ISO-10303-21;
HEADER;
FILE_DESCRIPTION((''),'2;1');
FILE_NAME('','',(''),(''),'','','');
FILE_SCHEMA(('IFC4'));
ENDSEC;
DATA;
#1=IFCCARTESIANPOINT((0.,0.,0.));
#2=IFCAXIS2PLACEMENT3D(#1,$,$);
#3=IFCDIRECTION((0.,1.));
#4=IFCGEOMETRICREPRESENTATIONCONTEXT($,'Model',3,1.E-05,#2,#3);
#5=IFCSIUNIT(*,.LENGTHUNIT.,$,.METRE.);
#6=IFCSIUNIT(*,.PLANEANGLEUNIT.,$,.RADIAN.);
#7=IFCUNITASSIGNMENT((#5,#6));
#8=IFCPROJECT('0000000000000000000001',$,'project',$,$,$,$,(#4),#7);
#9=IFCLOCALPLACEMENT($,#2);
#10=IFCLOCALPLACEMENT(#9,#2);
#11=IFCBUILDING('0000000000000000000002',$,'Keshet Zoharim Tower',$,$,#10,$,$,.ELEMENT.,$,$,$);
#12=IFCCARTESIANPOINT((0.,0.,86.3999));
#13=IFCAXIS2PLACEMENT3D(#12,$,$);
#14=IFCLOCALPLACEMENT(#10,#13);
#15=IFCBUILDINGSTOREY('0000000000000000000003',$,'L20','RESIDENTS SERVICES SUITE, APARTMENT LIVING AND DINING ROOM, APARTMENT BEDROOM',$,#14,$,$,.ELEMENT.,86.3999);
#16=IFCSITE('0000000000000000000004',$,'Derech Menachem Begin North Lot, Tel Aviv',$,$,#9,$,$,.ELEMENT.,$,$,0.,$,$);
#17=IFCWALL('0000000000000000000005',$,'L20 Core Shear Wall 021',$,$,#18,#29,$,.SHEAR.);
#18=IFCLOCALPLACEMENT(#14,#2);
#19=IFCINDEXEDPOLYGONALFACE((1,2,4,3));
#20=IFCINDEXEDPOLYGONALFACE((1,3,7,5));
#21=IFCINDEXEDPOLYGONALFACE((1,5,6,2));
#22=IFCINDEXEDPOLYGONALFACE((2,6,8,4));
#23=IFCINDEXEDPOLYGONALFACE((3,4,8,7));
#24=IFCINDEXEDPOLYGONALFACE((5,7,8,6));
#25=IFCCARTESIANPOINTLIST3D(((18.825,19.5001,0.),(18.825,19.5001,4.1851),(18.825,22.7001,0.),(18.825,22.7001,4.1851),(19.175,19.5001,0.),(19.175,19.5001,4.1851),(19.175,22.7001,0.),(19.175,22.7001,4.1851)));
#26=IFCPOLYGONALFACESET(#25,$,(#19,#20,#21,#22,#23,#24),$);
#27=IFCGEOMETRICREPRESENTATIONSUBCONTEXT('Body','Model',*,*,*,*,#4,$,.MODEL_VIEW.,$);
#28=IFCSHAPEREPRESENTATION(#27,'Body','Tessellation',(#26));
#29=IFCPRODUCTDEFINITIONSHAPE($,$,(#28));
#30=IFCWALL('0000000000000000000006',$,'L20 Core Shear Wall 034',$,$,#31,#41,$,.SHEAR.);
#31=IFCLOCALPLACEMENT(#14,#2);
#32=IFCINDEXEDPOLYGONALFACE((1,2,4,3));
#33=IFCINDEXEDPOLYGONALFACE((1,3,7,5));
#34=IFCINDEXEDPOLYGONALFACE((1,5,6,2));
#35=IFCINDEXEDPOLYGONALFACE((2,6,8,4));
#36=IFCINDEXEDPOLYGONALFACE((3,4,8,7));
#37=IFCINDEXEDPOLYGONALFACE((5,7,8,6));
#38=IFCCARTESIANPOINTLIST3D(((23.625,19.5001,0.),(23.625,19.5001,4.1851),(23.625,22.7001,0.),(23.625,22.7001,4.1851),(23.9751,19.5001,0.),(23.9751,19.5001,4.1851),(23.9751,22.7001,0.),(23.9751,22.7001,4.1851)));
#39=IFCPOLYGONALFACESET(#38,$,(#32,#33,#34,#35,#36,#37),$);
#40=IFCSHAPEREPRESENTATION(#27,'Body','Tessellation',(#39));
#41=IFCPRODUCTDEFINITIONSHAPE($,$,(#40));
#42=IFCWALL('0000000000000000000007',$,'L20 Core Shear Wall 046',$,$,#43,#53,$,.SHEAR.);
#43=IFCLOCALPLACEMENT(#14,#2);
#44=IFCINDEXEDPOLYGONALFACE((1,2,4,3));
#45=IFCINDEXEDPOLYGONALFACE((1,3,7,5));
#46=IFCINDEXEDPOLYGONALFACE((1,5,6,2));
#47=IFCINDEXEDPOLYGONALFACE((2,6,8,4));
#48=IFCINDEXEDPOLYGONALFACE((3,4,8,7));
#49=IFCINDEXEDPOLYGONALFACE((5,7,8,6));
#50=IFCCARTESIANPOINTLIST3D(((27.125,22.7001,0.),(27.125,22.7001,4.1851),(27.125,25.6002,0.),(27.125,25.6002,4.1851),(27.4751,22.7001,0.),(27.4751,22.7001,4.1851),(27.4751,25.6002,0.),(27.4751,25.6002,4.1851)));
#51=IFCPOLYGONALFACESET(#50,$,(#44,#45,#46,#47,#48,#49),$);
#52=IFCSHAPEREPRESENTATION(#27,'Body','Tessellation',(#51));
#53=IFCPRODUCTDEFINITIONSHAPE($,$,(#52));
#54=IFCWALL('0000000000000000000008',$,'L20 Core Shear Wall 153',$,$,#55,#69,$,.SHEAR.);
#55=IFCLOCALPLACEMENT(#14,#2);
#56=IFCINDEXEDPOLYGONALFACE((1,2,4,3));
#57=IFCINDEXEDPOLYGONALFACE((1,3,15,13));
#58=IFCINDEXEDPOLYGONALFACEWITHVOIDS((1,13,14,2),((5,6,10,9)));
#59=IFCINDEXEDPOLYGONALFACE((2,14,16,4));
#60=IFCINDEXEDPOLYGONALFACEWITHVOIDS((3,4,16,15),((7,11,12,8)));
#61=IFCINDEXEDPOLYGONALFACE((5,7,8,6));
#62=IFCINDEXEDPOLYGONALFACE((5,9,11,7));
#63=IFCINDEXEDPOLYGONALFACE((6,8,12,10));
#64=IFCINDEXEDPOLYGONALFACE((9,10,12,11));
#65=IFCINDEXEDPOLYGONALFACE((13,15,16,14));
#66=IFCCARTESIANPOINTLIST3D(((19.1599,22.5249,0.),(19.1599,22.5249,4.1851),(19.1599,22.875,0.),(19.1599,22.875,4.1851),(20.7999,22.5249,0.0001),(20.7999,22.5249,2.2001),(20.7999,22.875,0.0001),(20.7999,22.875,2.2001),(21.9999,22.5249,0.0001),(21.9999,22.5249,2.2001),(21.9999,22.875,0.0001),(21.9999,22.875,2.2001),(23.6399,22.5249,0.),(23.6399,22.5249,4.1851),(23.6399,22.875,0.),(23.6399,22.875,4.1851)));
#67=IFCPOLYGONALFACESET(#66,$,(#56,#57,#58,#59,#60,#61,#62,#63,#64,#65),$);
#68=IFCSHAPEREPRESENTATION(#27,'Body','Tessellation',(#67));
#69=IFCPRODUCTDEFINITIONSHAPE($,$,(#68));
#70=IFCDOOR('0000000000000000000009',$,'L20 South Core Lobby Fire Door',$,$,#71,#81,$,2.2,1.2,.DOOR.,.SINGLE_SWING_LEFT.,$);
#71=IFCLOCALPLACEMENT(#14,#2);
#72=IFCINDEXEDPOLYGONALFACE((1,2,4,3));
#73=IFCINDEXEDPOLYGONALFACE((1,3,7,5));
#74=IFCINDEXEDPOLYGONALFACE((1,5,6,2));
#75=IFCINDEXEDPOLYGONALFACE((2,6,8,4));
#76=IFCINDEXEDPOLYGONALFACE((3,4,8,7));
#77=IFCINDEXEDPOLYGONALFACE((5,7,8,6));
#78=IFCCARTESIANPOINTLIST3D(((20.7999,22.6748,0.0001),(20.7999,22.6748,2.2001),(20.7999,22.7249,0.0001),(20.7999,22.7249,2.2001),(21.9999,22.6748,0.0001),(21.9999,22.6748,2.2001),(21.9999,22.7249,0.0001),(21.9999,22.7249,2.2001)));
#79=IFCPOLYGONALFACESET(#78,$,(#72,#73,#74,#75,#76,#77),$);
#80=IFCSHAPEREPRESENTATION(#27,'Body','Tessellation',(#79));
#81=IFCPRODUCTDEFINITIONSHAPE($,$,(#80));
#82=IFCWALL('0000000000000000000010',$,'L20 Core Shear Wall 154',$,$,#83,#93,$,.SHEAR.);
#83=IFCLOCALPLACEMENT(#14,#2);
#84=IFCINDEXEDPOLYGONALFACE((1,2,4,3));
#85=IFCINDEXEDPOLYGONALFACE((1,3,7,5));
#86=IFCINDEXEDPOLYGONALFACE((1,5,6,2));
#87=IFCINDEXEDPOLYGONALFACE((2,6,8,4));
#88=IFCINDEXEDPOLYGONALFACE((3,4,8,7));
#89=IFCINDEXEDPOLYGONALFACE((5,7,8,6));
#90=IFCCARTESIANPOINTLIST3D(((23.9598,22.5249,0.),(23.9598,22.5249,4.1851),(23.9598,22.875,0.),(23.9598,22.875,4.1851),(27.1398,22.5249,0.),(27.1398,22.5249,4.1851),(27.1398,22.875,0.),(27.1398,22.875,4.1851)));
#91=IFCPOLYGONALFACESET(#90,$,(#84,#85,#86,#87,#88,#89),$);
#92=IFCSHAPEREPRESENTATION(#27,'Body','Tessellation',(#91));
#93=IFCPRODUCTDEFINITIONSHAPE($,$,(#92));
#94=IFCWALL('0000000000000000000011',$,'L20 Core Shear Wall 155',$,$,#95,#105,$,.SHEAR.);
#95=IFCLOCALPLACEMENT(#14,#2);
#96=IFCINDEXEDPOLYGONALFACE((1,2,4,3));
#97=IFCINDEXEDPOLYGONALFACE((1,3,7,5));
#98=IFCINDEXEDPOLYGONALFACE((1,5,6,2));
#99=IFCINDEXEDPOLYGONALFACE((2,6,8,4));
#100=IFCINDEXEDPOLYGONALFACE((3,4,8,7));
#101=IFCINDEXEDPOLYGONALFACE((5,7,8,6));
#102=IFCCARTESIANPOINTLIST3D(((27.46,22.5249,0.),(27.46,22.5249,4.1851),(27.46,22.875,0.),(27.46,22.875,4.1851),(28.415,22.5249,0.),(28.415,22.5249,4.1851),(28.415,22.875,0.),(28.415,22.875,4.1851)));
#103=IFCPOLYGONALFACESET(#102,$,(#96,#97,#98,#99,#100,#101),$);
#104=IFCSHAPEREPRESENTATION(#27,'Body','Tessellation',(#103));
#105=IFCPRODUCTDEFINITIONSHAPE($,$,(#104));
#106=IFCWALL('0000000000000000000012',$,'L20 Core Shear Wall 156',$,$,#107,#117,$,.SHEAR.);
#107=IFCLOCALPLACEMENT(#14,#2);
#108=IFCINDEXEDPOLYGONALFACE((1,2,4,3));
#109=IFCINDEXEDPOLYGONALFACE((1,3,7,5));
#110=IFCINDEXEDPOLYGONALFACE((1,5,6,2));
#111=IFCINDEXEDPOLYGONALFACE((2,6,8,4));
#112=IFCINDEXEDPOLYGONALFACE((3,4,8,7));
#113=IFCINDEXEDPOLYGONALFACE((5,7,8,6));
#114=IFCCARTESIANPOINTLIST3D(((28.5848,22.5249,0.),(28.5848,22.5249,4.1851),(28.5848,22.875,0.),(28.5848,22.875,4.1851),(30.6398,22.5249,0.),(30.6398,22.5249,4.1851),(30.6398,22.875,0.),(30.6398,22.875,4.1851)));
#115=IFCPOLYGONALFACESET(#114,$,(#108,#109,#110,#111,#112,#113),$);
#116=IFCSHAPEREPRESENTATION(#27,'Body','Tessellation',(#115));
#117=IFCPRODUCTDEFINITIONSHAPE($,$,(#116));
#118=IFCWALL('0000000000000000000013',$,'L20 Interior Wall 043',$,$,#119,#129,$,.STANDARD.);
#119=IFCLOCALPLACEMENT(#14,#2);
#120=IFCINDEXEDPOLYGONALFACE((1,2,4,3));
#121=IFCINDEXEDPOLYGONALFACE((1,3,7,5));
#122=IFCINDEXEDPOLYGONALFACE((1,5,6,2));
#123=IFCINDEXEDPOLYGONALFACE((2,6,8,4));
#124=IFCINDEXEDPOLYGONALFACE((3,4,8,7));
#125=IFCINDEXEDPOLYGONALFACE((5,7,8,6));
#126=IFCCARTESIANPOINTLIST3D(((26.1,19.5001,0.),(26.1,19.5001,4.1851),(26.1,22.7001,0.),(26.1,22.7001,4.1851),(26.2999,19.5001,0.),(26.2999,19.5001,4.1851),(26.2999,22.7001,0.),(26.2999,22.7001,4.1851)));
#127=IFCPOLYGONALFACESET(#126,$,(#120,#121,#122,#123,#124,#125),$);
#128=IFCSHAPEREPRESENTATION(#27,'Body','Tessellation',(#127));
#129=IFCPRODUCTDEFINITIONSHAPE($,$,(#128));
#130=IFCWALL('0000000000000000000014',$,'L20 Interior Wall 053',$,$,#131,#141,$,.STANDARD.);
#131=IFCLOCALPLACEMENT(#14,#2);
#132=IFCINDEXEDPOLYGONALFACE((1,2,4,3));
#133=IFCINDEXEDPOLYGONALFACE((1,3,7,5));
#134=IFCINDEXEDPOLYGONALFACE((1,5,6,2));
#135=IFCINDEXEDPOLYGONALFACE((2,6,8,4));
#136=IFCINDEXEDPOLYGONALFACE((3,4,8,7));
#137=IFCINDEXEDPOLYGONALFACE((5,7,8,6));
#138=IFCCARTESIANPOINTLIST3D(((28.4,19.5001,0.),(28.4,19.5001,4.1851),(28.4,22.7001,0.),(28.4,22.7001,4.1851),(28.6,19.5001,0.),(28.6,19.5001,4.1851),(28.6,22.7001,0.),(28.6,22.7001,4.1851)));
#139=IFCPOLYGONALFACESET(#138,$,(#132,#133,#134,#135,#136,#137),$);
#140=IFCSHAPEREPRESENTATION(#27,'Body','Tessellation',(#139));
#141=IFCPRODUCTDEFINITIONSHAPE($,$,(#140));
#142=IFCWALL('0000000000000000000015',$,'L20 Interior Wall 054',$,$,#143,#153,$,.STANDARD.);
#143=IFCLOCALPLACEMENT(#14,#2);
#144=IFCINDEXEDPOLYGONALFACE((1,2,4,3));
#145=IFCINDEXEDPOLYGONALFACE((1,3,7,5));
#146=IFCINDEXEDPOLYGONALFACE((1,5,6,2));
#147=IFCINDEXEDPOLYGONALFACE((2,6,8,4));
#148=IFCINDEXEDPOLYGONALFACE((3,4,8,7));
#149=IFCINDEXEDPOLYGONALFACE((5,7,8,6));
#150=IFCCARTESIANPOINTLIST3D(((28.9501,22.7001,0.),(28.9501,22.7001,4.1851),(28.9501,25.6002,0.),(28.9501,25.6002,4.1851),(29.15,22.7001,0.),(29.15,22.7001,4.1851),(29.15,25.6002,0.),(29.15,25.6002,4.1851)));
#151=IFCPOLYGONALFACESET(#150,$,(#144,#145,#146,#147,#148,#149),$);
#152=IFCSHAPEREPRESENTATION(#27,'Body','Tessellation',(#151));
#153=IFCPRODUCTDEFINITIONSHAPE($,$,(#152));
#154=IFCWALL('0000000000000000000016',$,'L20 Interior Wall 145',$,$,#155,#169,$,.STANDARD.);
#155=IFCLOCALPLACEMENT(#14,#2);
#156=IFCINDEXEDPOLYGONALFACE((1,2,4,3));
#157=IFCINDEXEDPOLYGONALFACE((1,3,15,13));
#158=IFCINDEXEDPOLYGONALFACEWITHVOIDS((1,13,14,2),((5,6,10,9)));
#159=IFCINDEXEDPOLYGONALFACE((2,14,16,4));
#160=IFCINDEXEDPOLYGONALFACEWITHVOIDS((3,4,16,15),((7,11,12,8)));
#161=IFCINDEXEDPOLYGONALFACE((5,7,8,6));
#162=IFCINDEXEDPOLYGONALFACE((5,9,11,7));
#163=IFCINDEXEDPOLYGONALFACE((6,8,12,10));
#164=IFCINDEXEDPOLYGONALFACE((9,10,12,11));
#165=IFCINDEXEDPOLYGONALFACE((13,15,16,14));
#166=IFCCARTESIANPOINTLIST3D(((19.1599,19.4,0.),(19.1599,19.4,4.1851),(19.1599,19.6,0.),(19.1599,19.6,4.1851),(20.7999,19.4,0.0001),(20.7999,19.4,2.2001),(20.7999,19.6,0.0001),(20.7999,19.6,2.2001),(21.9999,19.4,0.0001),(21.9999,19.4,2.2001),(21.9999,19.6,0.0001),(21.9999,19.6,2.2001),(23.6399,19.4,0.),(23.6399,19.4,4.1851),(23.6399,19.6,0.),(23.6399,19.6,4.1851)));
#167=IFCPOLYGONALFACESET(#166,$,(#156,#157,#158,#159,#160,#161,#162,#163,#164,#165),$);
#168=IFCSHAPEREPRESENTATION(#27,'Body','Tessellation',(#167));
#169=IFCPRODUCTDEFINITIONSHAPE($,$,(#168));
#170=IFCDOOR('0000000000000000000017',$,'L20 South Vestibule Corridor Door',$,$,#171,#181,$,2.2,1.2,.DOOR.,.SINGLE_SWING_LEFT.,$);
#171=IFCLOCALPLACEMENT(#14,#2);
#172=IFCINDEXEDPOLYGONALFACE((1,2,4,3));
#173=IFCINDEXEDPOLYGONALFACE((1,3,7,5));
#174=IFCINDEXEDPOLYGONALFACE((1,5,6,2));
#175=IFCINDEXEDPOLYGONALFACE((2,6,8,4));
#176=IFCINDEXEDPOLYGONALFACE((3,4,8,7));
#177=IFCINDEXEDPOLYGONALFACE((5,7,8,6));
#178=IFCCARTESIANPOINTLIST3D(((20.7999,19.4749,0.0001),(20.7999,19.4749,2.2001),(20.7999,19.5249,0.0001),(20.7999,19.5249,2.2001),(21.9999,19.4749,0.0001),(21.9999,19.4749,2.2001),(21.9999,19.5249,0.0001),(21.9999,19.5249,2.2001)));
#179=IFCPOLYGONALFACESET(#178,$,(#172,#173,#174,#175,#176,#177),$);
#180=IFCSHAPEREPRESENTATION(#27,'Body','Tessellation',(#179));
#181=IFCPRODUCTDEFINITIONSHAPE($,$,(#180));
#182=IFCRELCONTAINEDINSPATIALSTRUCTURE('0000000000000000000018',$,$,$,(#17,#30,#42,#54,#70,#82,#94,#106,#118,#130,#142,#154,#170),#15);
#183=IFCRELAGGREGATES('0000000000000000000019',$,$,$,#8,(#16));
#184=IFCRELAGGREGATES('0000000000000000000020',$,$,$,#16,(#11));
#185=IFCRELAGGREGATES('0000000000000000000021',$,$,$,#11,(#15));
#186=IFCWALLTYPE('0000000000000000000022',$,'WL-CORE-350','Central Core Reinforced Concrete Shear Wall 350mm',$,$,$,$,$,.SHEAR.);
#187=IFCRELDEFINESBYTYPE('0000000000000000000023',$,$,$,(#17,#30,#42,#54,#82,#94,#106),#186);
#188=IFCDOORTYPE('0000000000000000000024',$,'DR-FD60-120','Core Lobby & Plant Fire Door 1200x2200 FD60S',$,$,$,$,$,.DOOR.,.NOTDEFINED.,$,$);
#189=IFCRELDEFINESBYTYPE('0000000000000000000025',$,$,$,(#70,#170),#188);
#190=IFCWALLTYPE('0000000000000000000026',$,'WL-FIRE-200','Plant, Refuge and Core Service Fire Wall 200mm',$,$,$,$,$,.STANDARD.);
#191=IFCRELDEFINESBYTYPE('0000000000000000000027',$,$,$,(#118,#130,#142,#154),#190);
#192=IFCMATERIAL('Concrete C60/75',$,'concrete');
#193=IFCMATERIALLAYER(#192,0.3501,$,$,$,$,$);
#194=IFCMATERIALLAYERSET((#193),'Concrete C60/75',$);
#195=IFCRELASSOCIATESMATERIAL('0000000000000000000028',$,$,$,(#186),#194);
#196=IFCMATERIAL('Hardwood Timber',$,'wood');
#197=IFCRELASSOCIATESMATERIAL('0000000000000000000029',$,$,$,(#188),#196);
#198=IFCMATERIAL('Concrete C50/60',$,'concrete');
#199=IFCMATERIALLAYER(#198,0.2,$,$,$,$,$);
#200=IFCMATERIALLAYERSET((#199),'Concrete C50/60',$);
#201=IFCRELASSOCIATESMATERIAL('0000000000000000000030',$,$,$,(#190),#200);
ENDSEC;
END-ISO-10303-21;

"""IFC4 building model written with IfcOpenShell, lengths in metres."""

from ifc_helpers import new_model, si_unit, direction, frame, frame_2d, origin, place, context, subcontext, project, spatial, rectangle, extrude, material, layer, layer_set, type_object, element, fill, save


model = new_model("IFC4")

# Units and contexts
model_context = context("Model", 3, precision=1e-05, world=origin(), true_north=direction((0.0, 1.0)))
body_context = subcontext(model_context, "Body", "Model", "MODEL_VIEW")
ifc_project = project(units=[si_unit("LENGTHUNIT", "METRE"), si_unit("PLANEANGLEUNIT", "RADIAN")], contexts=[model_context])

# Site, building, storey
site_placement = place(None, origin())
site = spatial("IfcSite", under=ifc_project, at=site_placement, Name="Derech Menachem Begin North Lot, Tel Aviv", CompositionType="ELEMENT", RefElevation=0.0)
building_placement = place(site_placement, origin())
building = spatial("IfcBuilding", under=site, at=building_placement, Name="Keshet Zoharim Tower", CompositionType="ELEMENT")
storey_placement = place(building_placement, frame((0.0, 0.0, 86.3999)))
storey = spatial("IfcBuildingStorey", under=building, at=storey_placement, Name="L20", Description="RESIDENTS SERVICES SUITE, APARTMENT LIVING AND DINING ROOM, APARTMENT BEDROOM", CompositionType="ELEMENT", Elevation=86.3999)

# Wall
ifc_material_1 = material(Name="Concrete C60/75", Category="concrete")
ifc_layer_1 = layer(ifc_material_1, 0.3501)
ifc_layer_set_1 = layer_set([ifc_layer_1], Name="Concrete C60/75")
wall_type_1 = type_object("IfcWallType", Name="WL-CORE-350", Description="Central Core Reinforced Concrete Shear Wall 350mm", PredefinedType="SHEAR", material=ifc_layer_set_1)
wall_1_placement = place(storey_placement, frame((19.0, 19.5, 0.0), z_axis=(0.0, 0.0, 1.0), x_axis=(0.0, 1.0, 0.0)))
element("IfcWall", 1, at=wall_1_placement, inside=storey, type_object=wall_type_1, Name="L20 Core Shear Wall 021", PredefinedType="SHEAR", context=body_context, shape_type="SweptSolid", body=[
    extrude(rectangle(XDim=3.2, YDim=0.3501, at=frame_2d((1.6001, 0.0))), origin(), (0.0, 0.0, 1.0), 4.1851),
])

# Shared definitions
ifc_material_2 = material(Name="Hardwood Timber", Category="wood")

# Wall
wall_2_placement = place(storey_placement, frame((23.8, 19.5, 0.0), z_axis=(0.0, 0.0, 1.0), x_axis=(0.0, 1.0, 0.0)))
element("IfcWall", 2, at=wall_2_placement, inside=storey, type_object=wall_type_1, Name="L20 Core Shear Wall 034", PredefinedType="SHEAR", context=body_context, shape_type="SweptSolid", body=[
    extrude(rectangle(XDim=3.2, YDim=0.3501, at=frame_2d((1.6001, 0.0))), origin(), (0.0, 0.0, 1.0), 4.1851),
])

# Wall
wall_3_placement = place(storey_placement, frame((27.3, 22.7, 0.0), z_axis=(0.0, 0.0, 1.0), x_axis=(0.0, 1.0, 0.0)))
element("IfcWall", 3, at=wall_3_placement, inside=storey, type_object=wall_type_1, Name="L20 Core Shear Wall 046", PredefinedType="SHEAR", context=body_context, shape_type="SweptSolid", body=[
    extrude(rectangle(XDim=2.9001, YDim=0.3501, at=frame_2d((1.4502, 0.0))), origin(), (0.0, 0.0, 1.0), 4.1851),
])

# Wall, opening, door
wall_4_placement = place(storey_placement, frame((19.1599, 22.7, 0.0), z_axis=(0.0, 0.0, 1.0), x_axis=(1.0, 0.0, 0.0)))
wall_4 = element("IfcWall", 4, at=wall_4_placement, inside=storey, type_object=wall_type_1, Name="L20 Core Shear Wall 153", PredefinedType="SHEAR", context=body_context, shape_type="SweptSolid", body=[
    extrude(rectangle(XDim=4.48, YDim=0.3501, at=frame_2d((2.24, 0.0))), origin(), (0.0, 0.0, 1.0), 4.1851),
])
opening_1_placement = place(wall_4_placement, frame((1.6399, 0.0, 0.0)))
opening_1 = element("IfcOpeningElement", 5, at=opening_1_placement, cuts=wall_4, PredefinedType="OPENING", context=body_context, shape_type="SweptSolid", body=[
    extrude(rectangle(XDim=1.2, YDim=2.2, at=frame_2d((0.6001, 1.1001))), frame((0.0, 0.1851, 0.0), z_axis=(0.0, -1.0, 0.0), x_axis=(1.0, 0.0, 0.0)), (0.0, 0.0, 1.0), 0.3701),
])
door_type_1 = type_object("IfcDoorType", Name="DR-FD60-120", Description="Core Lobby & Plant Fire Door 1200x2200 FD60S", OperationType="NOTDEFINED", PredefinedType="DOOR", material=ifc_material_2)
door_1_placement = place(opening_1_placement, origin())
door_1 = element("IfcDoor", 6, at=door_1_placement, inside=storey, type_object=door_type_1, Name="L20 South Core Lobby Fire Door", OperationType="SINGLE_SWING_LEFT", OverallHeight=2.2, OverallWidth=1.2, PredefinedType="DOOR", context=body_context, shape_type="SweptSolid", body=[
    extrude(rectangle(XDim=1.2, YDim=2.2, at=frame_2d((0.6001, 1.1001))), frame((0.0, 0.0249, 0.0), z_axis=(0.0, -1.0, 0.0), x_axis=(1.0, 0.0, 0.0)), (0.0, 0.0, 1.0), 0.05),
])
fill(opening_1, door_1)

# Walls
wall_5_placement = place(storey_placement, frame((23.96, 22.7, 0.0), z_axis=(0.0, 0.0, 1.0), x_axis=(1.0, 0.0, 0.0)))
element("IfcWall", 7, at=wall_5_placement, inside=storey, type_object=wall_type_1, Name="L20 Core Shear Wall 154", PredefinedType="SHEAR", context=body_context, shape_type="SweptSolid", body=[
    extrude(rectangle(XDim=3.1799, YDim=0.3501, at=frame_2d((1.5898, 0.0))), origin(), (0.0, 0.0, 1.0), 4.1851),
])
wall_6_placement = place(storey_placement, frame((27.46, 22.7, 0.0), z_axis=(0.0, 0.0, 1.0), x_axis=(1.0, 0.0, 0.0)))
element("IfcWall", 8, at=wall_6_placement, inside=storey, type_object=wall_type_1, Name="L20 Core Shear Wall 155", PredefinedType="SHEAR", context=body_context, shape_type="SweptSolid", body=[
    extrude(rectangle(XDim=0.9551, YDim=0.3501, at=frame_2d((0.4775, 0.0))), origin(), (0.0, 0.0, 1.0), 4.1851),
])
wall_7_placement = place(storey_placement, frame((28.585, 22.7, 0.0), z_axis=(0.0, 0.0, 1.0), x_axis=(1.0, 0.0, 0.0)))
element("IfcWall", 9, at=wall_7_placement, inside=storey, type_object=wall_type_1, Name="L20 Core Shear Wall 156", PredefinedType="SHEAR", context=body_context, shape_type="SweptSolid", body=[
    extrude(rectangle(XDim=2.0549, YDim=0.3501, at=frame_2d((1.0273, 0.0))), origin(), (0.0, 0.0, 1.0), 4.1851),
])
ifc_material_3 = material(Name="Concrete C50/60", Category="concrete")
ifc_layer_2 = layer(ifc_material_3, 0.2)
ifc_layer_set_2 = layer_set([ifc_layer_2], Name="Concrete C50/60")
wall_type_2 = type_object("IfcWallType", Name="WL-FIRE-200", Description="Plant, Refuge and Core Service Fire Wall 200mm", PredefinedType="STANDARD", material=ifc_layer_set_2)
for number, where, z_axis, x_axis, name in (
    (10, (26.2, 19.5, 0.0), (0.0, 0.0, 1.0), (0.0, 1.0, 0.0), "L20 Interior Wall 043"),
    (11, (28.5, 19.5, 0.0), (0.0, 0.0, 1.0), (0.0, 1.0, 0.0), "L20 Interior Wall 053"),
):
    element("IfcWall", number, at=place(storey_placement, frame(where, z_axis=z_axis, x_axis=x_axis)), inside=storey, type_object=wall_type_2, Name=name, PredefinedType="STANDARD", context=body_context, shape_type="SweptSolid", body=[
        extrude(rectangle(XDim=3.2, YDim=0.2, at=frame_2d((1.6001, 0.0))), origin(), (0.0, 0.0, 1.0), 4.1851),
    ])
wall_8_placement = place(storey_placement, frame((29.05, 22.7, 0.0), z_axis=(0.0, 0.0, 1.0), x_axis=(0.0, 1.0, 0.0)))
element("IfcWall", 12, at=wall_8_placement, inside=storey, type_object=wall_type_2, Name="L20 Interior Wall 054", PredefinedType="STANDARD", context=body_context, shape_type="SweptSolid", body=[
    extrude(rectangle(XDim=2.9001, YDim=0.2, at=frame_2d((1.4502, 0.0))), origin(), (0.0, 0.0, 1.0), 4.1851),
])

# Wall, opening, door
wall_9_placement = place(storey_placement, frame((19.1599, 19.5, 0.0), z_axis=(0.0, 0.0, 1.0), x_axis=(1.0, 0.0, 0.0)))
wall_9 = element("IfcWall", 13, at=wall_9_placement, inside=storey, type_object=wall_type_2, Name="L20 Interior Wall 145", PredefinedType="STANDARD", context=body_context, shape_type="SweptSolid", body=[
    extrude(rectangle(XDim=4.48, YDim=0.2, at=frame_2d((2.24, 0.0))), origin(), (0.0, 0.0, 1.0), 4.1851),
])
opening_2_placement = place(wall_9_placement, frame((1.6399, 0.0, 0.0)))
opening_2 = element("IfcOpeningElement", 14, at=opening_2_placement, cuts=wall_9, PredefinedType="OPENING", context=body_context, shape_type="SweptSolid", body=[
    extrude(rectangle(XDim=1.2, YDim=2.2, at=frame_2d((0.6001, 1.1001))), frame((0.0, 0.1099, 0.0), z_axis=(0.0, -1.0, 0.0), x_axis=(1.0, 0.0, 0.0)), (0.0, 0.0, 1.0), 0.22),
])
door_2_placement = place(opening_2_placement, origin())
door_2 = element("IfcDoor", 15, at=door_2_placement, inside=storey, type_object=door_type_1, Name="L20 South Vestibule Corridor Door", OperationType="SINGLE_SWING_LEFT", OverallHeight=2.2, OverallWidth=1.2, PredefinedType="DOOR", context=body_context, shape_type="SweptSolid", body=[
    extrude(rectangle(XDim=1.2, YDim=2.2, at=frame_2d((0.6001, 1.1001))), frame((0.0, 0.0249, 0.0), z_axis=(0.0, -1.0, 0.0), x_axis=(1.0, 0.0, 0.0)), (0.0, 0.0, 1.0), 0.05),
])
fill(opening_2, door_2)

save(model, "model.ifc")
